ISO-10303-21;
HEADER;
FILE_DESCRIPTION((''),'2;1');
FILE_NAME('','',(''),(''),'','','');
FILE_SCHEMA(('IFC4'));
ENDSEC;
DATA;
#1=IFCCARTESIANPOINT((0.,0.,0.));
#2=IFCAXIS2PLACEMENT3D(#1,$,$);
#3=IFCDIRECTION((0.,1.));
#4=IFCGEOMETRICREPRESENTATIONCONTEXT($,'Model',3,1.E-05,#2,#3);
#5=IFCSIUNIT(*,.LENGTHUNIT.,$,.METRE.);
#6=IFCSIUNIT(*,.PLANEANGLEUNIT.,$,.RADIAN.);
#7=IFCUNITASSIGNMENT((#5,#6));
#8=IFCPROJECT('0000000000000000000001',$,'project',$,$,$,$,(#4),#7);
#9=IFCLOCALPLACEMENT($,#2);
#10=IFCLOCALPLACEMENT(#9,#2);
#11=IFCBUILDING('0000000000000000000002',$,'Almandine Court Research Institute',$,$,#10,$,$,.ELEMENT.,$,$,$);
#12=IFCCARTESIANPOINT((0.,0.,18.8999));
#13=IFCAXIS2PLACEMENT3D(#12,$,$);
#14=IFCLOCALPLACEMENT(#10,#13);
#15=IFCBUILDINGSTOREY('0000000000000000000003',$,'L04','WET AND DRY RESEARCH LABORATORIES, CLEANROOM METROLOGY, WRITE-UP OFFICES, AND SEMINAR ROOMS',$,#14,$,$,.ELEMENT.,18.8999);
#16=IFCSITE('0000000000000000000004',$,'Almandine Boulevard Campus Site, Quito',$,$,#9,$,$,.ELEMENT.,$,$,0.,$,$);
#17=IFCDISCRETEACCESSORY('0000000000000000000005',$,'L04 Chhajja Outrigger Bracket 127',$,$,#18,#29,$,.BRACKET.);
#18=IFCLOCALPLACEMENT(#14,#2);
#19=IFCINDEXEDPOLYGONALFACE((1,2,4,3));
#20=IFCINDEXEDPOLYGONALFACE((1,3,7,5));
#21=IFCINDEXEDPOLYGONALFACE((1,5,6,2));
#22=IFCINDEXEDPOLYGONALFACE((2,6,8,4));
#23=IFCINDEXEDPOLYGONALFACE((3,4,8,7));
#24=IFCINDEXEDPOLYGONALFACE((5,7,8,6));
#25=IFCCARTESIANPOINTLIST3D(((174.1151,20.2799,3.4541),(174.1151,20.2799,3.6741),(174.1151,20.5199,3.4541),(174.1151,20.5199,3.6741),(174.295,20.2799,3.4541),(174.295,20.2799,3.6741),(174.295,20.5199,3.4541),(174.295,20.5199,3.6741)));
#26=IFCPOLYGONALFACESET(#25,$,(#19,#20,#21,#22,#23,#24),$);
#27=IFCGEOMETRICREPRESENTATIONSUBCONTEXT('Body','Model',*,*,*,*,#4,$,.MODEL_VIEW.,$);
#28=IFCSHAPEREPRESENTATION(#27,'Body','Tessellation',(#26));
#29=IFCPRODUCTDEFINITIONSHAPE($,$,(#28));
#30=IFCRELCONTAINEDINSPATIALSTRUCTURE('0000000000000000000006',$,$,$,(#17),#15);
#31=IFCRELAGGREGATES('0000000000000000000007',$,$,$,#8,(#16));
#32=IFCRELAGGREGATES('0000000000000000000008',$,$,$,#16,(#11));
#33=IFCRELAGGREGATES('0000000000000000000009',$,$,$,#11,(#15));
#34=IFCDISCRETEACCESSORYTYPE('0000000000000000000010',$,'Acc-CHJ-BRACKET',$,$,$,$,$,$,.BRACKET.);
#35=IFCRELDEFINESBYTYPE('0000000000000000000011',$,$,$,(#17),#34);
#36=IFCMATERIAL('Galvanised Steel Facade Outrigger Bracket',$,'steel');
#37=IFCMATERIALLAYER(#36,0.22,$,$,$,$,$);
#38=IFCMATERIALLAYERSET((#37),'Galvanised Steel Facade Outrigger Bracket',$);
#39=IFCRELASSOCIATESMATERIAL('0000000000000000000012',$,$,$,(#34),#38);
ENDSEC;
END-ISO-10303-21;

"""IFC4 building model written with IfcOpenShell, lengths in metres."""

from ifc_helpers import new_model, si_unit, direction, frame, origin, origin_2d, place, context, subcontext, project, spatial, rectangle, extrude, material, layer, layer_set, type_object, element, save


model = new_model("IFC4")

# Units and contexts
model_context = context("Model", 3, precision=1e-05, world=origin(), true_north=direction((0.0, 1.0)))
body_context = subcontext(model_context, "Body", "Model", "MODEL_VIEW")
ifc_project = project(units=[si_unit("LENGTHUNIT", "METRE"), si_unit("PLANEANGLEUNIT", "RADIAN")], contexts=[model_context])

# Site, building, storey
site_placement = place(None, origin())
site = spatial("IfcSite", under=ifc_project, at=site_placement, Name="Almandine Boulevard Campus Site, Quito", CompositionType="ELEMENT", RefElevation=0.0)
building_placement = place(site_placement, origin())
building = spatial("IfcBuilding", under=site, at=building_placement, Name="Almandine Court Research Institute", CompositionType="ELEMENT")
storey_placement = place(building_placement, frame((0.0, 0.0, 18.8999)))
storey = spatial("IfcBuildingStorey", under=building, at=storey_placement, Name="L04", Description="WET AND DRY RESEARCH LABORATORIES, CLEANROOM METROLOGY, WRITE-UP OFFICES, AND SEMINAR ROOMS", CompositionType="ELEMENT", Elevation=18.8999)

# Discrete accessory
ifc_material_1 = material(Name="Galvanised Steel Facade Outrigger Bracket", Category="steel")
ifc_layer_1 = layer(ifc_material_1, 0.22)
ifc_layer_set_1 = layer_set([ifc_layer_1], Name="Galvanised Steel Facade Outrigger Bracket")
discrete_accessory_type = type_object("IfcDiscreteAccessoryType", Name="Acc-CHJ-BRACKET", PredefinedType="BRACKET", material=ifc_layer_set_1)
for number, where, z_axis, x_axis, name in (
    (1, (174.2051, 20.3999, 3.4541), (0.0, 0.0, 1.0), (0.0, -1.0, 0.0), "L04 Chhajja Outrigger Bracket 127"),
):
    element("IfcDiscreteAccessory", number, at=place(storey_placement, frame(where, z_axis=z_axis, x_axis=x_axis)), inside=storey, type_object=discrete_accessory_type, Name=name, PredefinedType="BRACKET", context=body_context, shape_type="SweptSolid", body=[
        extrude(rectangle(XDim=0.24, YDim=0.1799, at=origin_2d()), origin(), (0.0, 0.0, 1.0), 0.22),
    ])

save(model, "model.ifc")
